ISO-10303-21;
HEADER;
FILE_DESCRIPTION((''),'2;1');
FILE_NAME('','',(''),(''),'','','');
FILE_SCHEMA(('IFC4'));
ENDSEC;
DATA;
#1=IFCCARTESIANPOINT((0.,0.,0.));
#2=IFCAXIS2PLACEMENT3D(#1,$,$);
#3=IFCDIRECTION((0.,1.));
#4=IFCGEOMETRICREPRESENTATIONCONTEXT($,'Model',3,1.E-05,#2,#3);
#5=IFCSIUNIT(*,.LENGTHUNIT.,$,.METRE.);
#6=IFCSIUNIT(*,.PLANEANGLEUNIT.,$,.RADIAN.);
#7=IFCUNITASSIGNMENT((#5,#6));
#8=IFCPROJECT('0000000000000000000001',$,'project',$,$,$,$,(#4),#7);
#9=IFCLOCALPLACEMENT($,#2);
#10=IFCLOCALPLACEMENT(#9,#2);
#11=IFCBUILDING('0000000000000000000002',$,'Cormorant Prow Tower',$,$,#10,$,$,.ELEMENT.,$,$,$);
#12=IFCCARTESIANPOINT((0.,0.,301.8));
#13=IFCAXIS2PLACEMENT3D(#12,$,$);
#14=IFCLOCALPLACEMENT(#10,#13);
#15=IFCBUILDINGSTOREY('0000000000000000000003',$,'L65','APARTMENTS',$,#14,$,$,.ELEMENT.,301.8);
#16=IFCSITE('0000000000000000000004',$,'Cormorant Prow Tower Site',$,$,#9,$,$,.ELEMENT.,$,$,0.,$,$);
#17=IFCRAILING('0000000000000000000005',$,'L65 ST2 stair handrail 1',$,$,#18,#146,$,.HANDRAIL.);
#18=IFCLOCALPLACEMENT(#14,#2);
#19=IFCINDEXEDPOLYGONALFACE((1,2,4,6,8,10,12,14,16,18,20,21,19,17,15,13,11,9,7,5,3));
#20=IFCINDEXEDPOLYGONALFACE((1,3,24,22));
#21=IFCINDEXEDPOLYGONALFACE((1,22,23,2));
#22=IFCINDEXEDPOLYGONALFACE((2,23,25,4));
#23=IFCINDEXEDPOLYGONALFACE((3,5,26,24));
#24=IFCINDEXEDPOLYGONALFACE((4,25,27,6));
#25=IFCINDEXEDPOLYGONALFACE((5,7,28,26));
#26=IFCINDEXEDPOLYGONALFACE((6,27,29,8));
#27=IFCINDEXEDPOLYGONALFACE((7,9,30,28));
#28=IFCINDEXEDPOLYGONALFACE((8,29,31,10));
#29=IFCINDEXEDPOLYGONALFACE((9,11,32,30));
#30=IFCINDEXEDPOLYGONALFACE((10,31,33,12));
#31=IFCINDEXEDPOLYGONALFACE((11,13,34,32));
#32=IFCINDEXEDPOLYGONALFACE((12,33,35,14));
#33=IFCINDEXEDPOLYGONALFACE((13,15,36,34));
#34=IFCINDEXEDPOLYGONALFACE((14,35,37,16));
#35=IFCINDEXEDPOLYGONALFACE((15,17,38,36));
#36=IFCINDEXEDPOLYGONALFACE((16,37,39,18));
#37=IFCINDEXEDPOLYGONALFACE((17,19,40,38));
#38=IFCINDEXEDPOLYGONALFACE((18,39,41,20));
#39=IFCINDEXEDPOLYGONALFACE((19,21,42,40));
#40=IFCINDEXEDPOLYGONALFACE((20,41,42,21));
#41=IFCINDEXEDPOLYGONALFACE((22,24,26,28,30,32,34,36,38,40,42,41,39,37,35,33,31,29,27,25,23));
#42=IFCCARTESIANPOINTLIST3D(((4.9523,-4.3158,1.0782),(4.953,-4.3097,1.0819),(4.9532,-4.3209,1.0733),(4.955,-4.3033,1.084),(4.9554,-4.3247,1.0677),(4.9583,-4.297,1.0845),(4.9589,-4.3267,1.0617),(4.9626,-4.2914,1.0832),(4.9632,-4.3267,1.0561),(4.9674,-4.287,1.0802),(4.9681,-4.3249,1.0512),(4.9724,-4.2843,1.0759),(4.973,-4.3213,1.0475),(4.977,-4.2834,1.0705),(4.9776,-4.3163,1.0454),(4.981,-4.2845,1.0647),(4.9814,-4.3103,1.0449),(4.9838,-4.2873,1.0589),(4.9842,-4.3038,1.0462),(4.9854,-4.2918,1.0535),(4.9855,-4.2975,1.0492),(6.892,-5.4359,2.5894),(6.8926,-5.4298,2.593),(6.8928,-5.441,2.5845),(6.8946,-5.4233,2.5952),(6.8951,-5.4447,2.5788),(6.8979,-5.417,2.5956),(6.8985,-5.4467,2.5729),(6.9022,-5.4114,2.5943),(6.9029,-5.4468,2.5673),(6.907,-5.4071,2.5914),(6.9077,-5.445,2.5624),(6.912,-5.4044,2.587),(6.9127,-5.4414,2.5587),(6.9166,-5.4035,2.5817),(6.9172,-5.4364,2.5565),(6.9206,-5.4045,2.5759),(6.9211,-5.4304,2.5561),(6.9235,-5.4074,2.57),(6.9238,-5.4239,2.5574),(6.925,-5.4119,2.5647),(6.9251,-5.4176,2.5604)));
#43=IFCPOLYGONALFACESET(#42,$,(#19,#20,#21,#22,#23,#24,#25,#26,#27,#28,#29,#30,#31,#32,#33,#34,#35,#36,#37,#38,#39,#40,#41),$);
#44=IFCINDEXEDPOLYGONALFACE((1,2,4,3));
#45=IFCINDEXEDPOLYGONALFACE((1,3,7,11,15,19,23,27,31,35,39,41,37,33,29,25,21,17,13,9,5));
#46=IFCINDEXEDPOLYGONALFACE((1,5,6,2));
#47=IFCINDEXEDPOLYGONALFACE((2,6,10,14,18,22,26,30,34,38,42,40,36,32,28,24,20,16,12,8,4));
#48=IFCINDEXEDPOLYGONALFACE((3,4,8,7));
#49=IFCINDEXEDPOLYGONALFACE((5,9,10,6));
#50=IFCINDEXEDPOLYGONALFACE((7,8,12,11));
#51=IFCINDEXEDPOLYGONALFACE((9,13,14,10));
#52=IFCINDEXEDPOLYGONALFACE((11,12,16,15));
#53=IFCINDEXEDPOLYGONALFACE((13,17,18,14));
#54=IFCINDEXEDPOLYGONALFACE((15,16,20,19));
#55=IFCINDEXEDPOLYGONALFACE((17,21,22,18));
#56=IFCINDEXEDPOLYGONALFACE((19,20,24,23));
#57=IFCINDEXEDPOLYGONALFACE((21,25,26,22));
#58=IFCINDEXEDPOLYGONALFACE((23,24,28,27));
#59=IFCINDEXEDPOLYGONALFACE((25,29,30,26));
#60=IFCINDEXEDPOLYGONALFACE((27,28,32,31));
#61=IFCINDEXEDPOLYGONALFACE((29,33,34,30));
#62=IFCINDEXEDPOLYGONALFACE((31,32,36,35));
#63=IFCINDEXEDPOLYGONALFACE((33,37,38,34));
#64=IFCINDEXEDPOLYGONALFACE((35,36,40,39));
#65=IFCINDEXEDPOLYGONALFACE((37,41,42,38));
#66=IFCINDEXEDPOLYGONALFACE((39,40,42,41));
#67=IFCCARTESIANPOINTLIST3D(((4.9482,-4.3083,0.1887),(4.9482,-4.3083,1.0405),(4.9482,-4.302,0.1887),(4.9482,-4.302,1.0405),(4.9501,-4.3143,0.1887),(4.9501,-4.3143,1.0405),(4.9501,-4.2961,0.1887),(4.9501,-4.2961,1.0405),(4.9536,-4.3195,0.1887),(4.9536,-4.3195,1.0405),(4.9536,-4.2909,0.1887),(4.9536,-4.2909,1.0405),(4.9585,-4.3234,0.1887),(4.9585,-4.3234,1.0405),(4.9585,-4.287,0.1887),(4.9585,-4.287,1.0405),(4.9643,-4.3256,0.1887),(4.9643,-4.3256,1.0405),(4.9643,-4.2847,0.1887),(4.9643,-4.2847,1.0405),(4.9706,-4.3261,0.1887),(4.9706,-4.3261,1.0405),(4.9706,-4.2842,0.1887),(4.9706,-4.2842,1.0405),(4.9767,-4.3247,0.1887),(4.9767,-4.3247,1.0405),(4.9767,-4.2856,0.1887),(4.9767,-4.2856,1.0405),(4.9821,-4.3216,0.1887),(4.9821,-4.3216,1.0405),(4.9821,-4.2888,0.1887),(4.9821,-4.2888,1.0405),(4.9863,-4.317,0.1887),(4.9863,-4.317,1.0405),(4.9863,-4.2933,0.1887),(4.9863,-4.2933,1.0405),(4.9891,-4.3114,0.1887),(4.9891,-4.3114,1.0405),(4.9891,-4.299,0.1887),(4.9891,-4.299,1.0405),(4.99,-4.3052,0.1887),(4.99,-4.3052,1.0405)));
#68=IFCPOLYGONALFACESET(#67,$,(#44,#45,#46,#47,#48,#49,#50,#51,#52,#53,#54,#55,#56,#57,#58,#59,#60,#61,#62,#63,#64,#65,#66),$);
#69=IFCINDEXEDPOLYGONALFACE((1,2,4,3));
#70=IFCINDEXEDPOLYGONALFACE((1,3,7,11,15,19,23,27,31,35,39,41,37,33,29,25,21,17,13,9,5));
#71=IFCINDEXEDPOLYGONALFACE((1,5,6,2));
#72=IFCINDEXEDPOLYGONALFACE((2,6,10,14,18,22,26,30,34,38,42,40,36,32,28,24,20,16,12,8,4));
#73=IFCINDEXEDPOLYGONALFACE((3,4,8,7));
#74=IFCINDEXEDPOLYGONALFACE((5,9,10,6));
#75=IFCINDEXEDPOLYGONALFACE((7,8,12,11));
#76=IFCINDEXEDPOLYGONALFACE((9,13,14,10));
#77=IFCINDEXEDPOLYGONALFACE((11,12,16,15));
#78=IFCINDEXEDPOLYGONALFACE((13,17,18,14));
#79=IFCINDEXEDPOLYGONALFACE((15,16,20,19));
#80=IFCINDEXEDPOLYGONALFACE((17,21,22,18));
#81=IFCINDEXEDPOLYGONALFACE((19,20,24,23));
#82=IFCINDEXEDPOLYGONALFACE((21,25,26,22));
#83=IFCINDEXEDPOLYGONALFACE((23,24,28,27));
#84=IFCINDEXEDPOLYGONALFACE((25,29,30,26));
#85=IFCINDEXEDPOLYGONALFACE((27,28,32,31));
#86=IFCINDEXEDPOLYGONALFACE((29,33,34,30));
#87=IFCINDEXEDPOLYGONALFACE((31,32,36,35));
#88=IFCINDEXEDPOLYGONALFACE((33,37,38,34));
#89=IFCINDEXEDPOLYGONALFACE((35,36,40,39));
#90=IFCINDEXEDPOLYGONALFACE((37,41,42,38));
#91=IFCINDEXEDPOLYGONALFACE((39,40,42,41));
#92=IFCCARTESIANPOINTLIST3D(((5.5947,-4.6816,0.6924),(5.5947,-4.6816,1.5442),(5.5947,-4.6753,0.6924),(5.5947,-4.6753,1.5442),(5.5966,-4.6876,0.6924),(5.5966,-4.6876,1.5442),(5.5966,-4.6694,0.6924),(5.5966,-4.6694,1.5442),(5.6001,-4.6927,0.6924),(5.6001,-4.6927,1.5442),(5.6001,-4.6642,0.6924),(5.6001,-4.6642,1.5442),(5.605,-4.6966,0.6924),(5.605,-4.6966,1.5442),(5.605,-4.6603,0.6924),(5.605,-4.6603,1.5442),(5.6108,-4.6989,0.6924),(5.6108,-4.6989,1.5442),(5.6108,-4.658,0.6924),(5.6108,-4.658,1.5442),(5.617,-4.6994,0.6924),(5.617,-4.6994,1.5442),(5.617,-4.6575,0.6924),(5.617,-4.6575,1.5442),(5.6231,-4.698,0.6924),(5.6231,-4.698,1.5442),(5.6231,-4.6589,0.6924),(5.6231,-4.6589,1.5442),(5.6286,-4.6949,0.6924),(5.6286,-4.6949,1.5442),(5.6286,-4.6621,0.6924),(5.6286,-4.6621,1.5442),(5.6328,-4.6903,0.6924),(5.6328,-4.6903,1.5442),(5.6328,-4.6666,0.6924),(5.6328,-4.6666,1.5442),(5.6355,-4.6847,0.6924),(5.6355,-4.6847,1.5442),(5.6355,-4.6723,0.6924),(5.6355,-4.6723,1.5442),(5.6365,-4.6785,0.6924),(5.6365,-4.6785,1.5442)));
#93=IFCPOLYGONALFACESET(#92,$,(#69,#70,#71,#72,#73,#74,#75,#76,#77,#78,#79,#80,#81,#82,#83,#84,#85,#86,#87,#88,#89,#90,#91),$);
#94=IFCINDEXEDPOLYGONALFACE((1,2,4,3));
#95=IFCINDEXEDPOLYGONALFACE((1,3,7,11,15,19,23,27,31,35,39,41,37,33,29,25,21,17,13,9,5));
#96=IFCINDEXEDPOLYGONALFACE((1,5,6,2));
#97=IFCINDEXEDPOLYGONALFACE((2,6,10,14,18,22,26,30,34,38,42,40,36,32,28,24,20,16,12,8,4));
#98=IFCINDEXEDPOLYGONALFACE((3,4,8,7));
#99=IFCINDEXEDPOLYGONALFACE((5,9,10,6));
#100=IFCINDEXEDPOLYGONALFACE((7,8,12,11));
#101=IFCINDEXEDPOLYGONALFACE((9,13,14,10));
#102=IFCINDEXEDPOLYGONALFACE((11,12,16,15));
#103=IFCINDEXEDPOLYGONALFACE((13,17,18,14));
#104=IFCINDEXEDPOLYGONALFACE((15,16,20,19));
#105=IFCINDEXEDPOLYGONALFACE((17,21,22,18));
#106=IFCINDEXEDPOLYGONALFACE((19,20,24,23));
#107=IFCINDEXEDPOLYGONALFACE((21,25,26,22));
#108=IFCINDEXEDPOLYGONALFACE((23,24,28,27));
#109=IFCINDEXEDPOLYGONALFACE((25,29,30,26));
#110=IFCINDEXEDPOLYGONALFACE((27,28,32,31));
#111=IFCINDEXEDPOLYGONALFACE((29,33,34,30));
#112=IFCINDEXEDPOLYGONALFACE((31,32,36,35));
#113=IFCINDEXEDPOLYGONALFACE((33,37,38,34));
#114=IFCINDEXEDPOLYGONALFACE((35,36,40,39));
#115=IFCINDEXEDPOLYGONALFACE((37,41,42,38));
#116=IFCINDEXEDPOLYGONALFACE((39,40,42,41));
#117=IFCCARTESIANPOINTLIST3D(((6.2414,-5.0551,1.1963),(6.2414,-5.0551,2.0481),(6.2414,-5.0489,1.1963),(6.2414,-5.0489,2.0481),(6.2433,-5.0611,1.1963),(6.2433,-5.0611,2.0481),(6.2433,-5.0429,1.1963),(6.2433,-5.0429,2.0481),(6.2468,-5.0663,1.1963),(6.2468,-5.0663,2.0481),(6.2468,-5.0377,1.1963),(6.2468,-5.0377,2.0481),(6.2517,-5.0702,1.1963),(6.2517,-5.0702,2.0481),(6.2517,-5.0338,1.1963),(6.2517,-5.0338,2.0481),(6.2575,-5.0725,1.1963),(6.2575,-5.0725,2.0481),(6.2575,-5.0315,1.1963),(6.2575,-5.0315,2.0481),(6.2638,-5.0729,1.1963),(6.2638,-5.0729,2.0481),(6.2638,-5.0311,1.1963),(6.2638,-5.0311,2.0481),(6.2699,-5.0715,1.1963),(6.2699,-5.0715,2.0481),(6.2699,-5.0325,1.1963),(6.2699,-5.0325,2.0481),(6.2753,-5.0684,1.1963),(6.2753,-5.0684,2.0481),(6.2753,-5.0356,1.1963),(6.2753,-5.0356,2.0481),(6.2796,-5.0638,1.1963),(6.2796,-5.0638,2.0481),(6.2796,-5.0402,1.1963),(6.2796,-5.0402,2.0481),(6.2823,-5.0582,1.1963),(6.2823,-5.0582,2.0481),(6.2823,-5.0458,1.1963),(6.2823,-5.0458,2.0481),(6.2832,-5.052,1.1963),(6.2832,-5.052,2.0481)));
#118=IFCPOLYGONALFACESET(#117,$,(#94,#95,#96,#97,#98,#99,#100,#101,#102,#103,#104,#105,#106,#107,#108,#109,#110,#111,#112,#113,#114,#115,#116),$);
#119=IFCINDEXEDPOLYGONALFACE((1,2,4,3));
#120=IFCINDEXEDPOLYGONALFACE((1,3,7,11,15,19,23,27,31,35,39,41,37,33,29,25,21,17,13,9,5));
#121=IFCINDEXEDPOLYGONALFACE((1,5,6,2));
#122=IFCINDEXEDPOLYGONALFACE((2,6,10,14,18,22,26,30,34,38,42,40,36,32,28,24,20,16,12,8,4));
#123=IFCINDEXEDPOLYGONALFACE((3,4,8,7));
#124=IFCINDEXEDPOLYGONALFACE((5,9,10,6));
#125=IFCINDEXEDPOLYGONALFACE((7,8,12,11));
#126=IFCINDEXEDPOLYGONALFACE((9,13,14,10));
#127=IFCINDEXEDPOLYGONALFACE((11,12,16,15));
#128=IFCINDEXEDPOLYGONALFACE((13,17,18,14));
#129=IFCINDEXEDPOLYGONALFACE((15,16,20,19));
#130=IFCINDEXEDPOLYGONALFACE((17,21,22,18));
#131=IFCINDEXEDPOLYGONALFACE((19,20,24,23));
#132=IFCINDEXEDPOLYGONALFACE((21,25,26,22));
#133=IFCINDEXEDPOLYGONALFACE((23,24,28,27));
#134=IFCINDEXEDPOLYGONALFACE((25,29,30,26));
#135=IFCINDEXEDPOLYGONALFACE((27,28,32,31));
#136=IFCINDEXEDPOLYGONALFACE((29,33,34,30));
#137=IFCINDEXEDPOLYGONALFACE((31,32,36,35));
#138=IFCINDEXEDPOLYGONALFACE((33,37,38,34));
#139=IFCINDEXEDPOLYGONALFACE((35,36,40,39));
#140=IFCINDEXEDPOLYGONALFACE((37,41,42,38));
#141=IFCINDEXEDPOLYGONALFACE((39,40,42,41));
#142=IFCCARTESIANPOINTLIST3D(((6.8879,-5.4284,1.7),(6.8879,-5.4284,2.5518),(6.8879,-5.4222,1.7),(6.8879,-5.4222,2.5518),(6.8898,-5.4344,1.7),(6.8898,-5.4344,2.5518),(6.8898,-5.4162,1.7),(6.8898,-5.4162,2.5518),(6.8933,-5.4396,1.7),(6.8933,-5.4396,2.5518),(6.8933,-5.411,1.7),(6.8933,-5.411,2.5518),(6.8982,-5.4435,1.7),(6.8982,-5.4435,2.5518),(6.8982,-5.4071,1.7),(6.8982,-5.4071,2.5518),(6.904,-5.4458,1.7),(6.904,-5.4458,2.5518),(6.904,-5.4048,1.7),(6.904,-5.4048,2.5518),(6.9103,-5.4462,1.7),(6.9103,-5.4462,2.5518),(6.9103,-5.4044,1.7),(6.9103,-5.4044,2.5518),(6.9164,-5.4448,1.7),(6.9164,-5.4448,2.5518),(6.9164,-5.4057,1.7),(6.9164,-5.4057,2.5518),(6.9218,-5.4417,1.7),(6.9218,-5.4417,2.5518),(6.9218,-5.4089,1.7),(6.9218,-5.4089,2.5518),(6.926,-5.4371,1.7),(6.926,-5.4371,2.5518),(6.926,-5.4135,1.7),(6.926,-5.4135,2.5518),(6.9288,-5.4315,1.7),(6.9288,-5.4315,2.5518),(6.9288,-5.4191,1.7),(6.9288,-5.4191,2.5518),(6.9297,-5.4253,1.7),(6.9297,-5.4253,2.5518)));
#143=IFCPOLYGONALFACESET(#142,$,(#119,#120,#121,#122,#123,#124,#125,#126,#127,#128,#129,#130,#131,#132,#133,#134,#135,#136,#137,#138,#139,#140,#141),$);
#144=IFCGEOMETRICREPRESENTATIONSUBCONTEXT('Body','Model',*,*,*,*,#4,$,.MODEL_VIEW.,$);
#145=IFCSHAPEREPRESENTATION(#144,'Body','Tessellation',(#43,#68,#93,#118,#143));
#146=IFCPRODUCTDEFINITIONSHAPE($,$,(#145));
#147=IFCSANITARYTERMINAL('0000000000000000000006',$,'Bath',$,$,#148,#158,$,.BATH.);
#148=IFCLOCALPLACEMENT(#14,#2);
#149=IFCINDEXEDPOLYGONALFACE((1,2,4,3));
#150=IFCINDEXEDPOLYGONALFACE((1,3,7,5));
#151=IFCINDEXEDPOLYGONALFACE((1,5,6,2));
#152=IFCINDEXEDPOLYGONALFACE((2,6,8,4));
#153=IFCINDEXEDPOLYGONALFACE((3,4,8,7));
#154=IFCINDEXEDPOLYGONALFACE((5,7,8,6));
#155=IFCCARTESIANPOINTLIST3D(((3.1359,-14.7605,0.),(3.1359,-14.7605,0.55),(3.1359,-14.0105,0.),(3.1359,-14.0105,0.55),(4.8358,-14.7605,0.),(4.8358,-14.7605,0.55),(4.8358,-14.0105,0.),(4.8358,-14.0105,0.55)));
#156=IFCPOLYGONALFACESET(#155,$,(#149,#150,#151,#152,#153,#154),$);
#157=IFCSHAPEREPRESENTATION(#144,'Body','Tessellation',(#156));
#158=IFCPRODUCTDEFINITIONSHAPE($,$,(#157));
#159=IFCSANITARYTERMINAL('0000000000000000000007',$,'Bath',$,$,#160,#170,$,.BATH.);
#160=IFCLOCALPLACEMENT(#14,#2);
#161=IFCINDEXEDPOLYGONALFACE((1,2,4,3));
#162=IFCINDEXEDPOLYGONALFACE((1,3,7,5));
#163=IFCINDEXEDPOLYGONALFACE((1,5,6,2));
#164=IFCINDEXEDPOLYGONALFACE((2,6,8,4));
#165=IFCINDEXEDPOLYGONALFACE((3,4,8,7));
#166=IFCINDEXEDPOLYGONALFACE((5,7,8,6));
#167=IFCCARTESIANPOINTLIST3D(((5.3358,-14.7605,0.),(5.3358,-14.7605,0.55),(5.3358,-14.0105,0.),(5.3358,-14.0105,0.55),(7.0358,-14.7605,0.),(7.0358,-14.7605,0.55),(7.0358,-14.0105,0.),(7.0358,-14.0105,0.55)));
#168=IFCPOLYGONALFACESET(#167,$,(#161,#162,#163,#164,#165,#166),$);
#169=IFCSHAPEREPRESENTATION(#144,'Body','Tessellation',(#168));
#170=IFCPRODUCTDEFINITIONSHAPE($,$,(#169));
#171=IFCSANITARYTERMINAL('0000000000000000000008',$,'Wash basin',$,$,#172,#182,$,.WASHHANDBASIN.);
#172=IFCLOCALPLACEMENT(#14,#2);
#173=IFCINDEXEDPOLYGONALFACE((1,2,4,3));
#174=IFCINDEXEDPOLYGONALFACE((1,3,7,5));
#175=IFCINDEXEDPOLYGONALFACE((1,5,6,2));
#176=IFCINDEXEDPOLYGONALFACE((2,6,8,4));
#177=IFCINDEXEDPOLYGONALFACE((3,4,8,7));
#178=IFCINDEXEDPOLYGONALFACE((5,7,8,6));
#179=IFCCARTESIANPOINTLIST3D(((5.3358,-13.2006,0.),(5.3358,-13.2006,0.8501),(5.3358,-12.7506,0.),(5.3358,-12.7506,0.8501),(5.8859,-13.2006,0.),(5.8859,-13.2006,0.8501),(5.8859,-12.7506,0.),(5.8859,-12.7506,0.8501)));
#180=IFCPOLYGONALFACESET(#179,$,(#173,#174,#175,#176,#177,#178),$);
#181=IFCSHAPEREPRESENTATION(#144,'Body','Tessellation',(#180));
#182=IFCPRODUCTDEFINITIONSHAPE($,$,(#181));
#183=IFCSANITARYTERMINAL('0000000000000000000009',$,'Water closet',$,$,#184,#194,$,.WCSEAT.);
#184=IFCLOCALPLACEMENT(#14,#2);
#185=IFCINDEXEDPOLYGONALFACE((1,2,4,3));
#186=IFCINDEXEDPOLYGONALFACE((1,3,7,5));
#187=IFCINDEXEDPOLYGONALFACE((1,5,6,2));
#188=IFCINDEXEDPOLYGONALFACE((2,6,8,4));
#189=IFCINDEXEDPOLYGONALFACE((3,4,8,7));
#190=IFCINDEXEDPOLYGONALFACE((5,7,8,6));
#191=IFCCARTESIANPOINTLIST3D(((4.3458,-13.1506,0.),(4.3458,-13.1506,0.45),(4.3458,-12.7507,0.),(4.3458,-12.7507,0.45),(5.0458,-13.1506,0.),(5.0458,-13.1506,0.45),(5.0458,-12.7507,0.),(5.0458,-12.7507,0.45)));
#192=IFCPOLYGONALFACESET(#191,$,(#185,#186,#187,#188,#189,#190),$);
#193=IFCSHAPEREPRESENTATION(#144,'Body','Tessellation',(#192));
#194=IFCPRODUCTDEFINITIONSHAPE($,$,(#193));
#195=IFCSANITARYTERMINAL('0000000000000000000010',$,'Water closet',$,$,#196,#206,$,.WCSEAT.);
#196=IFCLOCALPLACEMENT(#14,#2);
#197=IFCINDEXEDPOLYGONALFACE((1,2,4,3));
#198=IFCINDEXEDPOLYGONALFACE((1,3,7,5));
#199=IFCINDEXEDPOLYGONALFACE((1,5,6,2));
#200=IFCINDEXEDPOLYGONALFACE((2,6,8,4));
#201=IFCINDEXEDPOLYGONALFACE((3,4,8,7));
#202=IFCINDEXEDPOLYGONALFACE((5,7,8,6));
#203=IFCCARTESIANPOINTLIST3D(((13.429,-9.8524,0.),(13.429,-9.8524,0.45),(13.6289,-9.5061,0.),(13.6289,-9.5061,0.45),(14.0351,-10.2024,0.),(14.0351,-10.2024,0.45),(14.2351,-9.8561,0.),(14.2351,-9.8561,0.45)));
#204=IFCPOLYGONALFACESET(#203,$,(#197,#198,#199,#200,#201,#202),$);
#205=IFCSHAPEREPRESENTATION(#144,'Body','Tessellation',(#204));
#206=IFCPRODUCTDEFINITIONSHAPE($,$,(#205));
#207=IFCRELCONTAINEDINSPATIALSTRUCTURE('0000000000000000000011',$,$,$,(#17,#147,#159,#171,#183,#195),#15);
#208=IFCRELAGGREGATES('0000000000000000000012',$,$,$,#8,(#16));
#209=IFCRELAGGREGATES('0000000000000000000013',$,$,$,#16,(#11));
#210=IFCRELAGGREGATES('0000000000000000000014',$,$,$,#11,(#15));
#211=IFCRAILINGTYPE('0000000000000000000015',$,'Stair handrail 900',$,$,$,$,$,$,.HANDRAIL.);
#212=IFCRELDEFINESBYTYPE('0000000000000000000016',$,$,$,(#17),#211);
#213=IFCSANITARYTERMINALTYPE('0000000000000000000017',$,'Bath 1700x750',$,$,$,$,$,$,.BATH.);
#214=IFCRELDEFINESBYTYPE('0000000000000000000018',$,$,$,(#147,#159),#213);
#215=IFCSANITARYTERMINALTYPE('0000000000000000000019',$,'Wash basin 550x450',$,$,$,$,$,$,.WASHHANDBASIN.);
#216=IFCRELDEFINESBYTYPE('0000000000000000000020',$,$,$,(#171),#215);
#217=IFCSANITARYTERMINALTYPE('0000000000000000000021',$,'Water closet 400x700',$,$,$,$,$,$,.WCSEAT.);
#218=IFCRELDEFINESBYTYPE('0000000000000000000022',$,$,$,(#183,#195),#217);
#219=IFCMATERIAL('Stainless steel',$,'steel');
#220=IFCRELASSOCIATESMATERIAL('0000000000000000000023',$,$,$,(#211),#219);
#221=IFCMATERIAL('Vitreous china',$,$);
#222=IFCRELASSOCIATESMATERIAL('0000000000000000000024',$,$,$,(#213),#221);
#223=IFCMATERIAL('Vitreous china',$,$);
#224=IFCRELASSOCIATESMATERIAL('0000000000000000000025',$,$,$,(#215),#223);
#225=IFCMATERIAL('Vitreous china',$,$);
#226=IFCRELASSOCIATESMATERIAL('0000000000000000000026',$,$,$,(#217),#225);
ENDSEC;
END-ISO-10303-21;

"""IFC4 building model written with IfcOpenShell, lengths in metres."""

from ifc_helpers import new_model, si_unit, direction, frame, origin, origin_2d, place, context, subcontext, project, spatial, rectangle, circle, extrude, material, type_object, element, save


model = new_model("IFC4")

# Units and contexts
model_context = context("Model", 3, precision=1e-05, world=origin(), true_north=direction((0.0, 1.0)))
body_context = subcontext(model_context, "Body", "Model", "MODEL_VIEW")
ifc_project = project(units=[si_unit("LENGTHUNIT", "METRE"), si_unit("PLANEANGLEUNIT", "RADIAN")], contexts=[model_context])

# Site, building, storey
site_placement = place(None, origin())
site = spatial("IfcSite", under=ifc_project, at=site_placement, Name="Cormorant Prow Tower Site", CompositionType="ELEMENT", RefElevation=0.0)
building_placement = place(site_placement, origin())
building = spatial("IfcBuilding", under=site, at=building_placement, Name="Cormorant Prow Tower", CompositionType="ELEMENT")
storey_placement = place(building_placement, frame((0.0, 0.0, 301.8)))
storey = spatial("IfcBuildingStorey", under=building, at=storey_placement, Name="L65", Description="APARTMENTS", CompositionType="ELEMENT", Elevation=301.8)

# Railing
ifc_material_1 = material(Name="Stainless steel", Category="steel")
railing_type = type_object("IfcRailingType", Name="Stair handrail 900", PredefinedType="HANDRAIL", material=ifc_material_1)
railing_placement = place(storey_placement, frame((4.969, -4.3052, 0.1887)))
element("IfcRailing", 1, at=railing_placement, inside=storey, type_object=railing_type, Name="L65 ST2 stair handrail 1", PredefinedType="HANDRAIL", context=body_context, shape_type="SweptSolid", body=[
    extrude(circle(Radius=0.0239, at=origin_2d()), frame((0.0, 0.0, 0.876), z_axis=(0.71787, -0.414548, 0.559297), x_axis=(0.500078, 0.86598, 0.0)), (0.0, 0.0, 1.0), 2.7019),
    extrude(circle(Radius=0.021, at=origin_2d()), origin(), (0.0, 0.0, 1.0), 0.8518),
    extrude(circle(Radius=0.021, at=origin_2d()), frame((0.6465, -0.3733, 0.5037)), (0.0, 0.0, 1.0), 0.8518),
    extrude(circle(Radius=0.021, at=origin_2d()), frame((1.2932, -0.7468, 1.0076)), (0.0, 0.0, 1.0), 0.8518),
    extrude(circle(Radius=0.021, at=origin_2d()), frame((1.9397, -1.1201, 1.5112)), (0.0, 0.0, 1.0), 0.8518),
])

# Sanitary terminals
ifc_material_2 = material(Name="Vitreous china")
sanitary_terminal_type_1 = type_object("IfcSanitaryTerminalType", Name="Bath 1700x750", PredefinedType="BATH", material=ifc_material_2)
for number, where, z_axis, x_axis, name in (
    (2, (3.9858, -14.3855, 0.0), (0.0, 0.0, 1.0), (1.0, 0.0, 0.0), "Bath"),
    (3, (6.1858, -14.3855, 0.0), (0.0, 0.0, 1.0), (1.0, 0.0, 0.0), "Bath"),
):
    element("IfcSanitaryTerminal", number, at=place(storey_placement, frame(where, z_axis=z_axis, x_axis=x_axis)), inside=storey, type_object=sanitary_terminal_type_1, Name=name, PredefinedType="BATH", context=body_context, shape_type="SweptSolid", body=[
        extrude(rectangle(XDim=1.7, YDim=0.75, at=origin_2d()), origin(), (0.0, 0.0, 1.0), 0.55),
    ])
ifc_material_3 = material(Name="Vitreous china")
sanitary_terminal_type_2 = type_object("IfcSanitaryTerminalType", Name="Wash basin 550x450", PredefinedType="WASHHANDBASIN", material=ifc_material_3)
sanitary_terminal_placement = place(storey_placement, frame((5.6108, -12.9756, 0.0), z_axis=(0.0, 0.0, 1.0), x_axis=(1.0, 0.0, 0.0)))
element("IfcSanitaryTerminal", 4, at=sanitary_terminal_placement, inside=storey, type_object=sanitary_terminal_type_2, Name="Wash basin", PredefinedType="WASHHANDBASIN", context=body_context, shape_type="SweptSolid", body=[
    extrude(rectangle(XDim=0.55, YDim=0.45, at=origin_2d()), origin(), (0.0, 0.0, 1.0), 0.8501),
])
ifc_material_4 = material(Name="Vitreous china")
sanitary_terminal_type_3 = type_object("IfcSanitaryTerminalType", Name="Water closet 400x700", PredefinedType="WCSEAT", material=ifc_material_4)
for number, where, z_axis, x_axis, name in (
    (5, (4.6958, -12.9507, 0.0), (0.0, 0.0, 1.0), (0.0, -1.0, 0.0), "Water closet"),
    (6, (13.832, -9.8542, 0.0), (0.0, 0.0, 1.0), (0.5, 0.866025, 0.0), "Water closet"),
):
    element("IfcSanitaryTerminal", number, at=place(storey_placement, frame(where, z_axis=z_axis, x_axis=x_axis)), inside=storey, type_object=sanitary_terminal_type_3, Name=name, PredefinedType="WCSEAT", context=body_context, shape_type="SweptSolid", body=[
        extrude(rectangle(XDim=0.3999, YDim=0.7, at=origin_2d()), origin(), (0.0, 0.0, 1.0), 0.45),
    ])

save(model, "model.ifc")
